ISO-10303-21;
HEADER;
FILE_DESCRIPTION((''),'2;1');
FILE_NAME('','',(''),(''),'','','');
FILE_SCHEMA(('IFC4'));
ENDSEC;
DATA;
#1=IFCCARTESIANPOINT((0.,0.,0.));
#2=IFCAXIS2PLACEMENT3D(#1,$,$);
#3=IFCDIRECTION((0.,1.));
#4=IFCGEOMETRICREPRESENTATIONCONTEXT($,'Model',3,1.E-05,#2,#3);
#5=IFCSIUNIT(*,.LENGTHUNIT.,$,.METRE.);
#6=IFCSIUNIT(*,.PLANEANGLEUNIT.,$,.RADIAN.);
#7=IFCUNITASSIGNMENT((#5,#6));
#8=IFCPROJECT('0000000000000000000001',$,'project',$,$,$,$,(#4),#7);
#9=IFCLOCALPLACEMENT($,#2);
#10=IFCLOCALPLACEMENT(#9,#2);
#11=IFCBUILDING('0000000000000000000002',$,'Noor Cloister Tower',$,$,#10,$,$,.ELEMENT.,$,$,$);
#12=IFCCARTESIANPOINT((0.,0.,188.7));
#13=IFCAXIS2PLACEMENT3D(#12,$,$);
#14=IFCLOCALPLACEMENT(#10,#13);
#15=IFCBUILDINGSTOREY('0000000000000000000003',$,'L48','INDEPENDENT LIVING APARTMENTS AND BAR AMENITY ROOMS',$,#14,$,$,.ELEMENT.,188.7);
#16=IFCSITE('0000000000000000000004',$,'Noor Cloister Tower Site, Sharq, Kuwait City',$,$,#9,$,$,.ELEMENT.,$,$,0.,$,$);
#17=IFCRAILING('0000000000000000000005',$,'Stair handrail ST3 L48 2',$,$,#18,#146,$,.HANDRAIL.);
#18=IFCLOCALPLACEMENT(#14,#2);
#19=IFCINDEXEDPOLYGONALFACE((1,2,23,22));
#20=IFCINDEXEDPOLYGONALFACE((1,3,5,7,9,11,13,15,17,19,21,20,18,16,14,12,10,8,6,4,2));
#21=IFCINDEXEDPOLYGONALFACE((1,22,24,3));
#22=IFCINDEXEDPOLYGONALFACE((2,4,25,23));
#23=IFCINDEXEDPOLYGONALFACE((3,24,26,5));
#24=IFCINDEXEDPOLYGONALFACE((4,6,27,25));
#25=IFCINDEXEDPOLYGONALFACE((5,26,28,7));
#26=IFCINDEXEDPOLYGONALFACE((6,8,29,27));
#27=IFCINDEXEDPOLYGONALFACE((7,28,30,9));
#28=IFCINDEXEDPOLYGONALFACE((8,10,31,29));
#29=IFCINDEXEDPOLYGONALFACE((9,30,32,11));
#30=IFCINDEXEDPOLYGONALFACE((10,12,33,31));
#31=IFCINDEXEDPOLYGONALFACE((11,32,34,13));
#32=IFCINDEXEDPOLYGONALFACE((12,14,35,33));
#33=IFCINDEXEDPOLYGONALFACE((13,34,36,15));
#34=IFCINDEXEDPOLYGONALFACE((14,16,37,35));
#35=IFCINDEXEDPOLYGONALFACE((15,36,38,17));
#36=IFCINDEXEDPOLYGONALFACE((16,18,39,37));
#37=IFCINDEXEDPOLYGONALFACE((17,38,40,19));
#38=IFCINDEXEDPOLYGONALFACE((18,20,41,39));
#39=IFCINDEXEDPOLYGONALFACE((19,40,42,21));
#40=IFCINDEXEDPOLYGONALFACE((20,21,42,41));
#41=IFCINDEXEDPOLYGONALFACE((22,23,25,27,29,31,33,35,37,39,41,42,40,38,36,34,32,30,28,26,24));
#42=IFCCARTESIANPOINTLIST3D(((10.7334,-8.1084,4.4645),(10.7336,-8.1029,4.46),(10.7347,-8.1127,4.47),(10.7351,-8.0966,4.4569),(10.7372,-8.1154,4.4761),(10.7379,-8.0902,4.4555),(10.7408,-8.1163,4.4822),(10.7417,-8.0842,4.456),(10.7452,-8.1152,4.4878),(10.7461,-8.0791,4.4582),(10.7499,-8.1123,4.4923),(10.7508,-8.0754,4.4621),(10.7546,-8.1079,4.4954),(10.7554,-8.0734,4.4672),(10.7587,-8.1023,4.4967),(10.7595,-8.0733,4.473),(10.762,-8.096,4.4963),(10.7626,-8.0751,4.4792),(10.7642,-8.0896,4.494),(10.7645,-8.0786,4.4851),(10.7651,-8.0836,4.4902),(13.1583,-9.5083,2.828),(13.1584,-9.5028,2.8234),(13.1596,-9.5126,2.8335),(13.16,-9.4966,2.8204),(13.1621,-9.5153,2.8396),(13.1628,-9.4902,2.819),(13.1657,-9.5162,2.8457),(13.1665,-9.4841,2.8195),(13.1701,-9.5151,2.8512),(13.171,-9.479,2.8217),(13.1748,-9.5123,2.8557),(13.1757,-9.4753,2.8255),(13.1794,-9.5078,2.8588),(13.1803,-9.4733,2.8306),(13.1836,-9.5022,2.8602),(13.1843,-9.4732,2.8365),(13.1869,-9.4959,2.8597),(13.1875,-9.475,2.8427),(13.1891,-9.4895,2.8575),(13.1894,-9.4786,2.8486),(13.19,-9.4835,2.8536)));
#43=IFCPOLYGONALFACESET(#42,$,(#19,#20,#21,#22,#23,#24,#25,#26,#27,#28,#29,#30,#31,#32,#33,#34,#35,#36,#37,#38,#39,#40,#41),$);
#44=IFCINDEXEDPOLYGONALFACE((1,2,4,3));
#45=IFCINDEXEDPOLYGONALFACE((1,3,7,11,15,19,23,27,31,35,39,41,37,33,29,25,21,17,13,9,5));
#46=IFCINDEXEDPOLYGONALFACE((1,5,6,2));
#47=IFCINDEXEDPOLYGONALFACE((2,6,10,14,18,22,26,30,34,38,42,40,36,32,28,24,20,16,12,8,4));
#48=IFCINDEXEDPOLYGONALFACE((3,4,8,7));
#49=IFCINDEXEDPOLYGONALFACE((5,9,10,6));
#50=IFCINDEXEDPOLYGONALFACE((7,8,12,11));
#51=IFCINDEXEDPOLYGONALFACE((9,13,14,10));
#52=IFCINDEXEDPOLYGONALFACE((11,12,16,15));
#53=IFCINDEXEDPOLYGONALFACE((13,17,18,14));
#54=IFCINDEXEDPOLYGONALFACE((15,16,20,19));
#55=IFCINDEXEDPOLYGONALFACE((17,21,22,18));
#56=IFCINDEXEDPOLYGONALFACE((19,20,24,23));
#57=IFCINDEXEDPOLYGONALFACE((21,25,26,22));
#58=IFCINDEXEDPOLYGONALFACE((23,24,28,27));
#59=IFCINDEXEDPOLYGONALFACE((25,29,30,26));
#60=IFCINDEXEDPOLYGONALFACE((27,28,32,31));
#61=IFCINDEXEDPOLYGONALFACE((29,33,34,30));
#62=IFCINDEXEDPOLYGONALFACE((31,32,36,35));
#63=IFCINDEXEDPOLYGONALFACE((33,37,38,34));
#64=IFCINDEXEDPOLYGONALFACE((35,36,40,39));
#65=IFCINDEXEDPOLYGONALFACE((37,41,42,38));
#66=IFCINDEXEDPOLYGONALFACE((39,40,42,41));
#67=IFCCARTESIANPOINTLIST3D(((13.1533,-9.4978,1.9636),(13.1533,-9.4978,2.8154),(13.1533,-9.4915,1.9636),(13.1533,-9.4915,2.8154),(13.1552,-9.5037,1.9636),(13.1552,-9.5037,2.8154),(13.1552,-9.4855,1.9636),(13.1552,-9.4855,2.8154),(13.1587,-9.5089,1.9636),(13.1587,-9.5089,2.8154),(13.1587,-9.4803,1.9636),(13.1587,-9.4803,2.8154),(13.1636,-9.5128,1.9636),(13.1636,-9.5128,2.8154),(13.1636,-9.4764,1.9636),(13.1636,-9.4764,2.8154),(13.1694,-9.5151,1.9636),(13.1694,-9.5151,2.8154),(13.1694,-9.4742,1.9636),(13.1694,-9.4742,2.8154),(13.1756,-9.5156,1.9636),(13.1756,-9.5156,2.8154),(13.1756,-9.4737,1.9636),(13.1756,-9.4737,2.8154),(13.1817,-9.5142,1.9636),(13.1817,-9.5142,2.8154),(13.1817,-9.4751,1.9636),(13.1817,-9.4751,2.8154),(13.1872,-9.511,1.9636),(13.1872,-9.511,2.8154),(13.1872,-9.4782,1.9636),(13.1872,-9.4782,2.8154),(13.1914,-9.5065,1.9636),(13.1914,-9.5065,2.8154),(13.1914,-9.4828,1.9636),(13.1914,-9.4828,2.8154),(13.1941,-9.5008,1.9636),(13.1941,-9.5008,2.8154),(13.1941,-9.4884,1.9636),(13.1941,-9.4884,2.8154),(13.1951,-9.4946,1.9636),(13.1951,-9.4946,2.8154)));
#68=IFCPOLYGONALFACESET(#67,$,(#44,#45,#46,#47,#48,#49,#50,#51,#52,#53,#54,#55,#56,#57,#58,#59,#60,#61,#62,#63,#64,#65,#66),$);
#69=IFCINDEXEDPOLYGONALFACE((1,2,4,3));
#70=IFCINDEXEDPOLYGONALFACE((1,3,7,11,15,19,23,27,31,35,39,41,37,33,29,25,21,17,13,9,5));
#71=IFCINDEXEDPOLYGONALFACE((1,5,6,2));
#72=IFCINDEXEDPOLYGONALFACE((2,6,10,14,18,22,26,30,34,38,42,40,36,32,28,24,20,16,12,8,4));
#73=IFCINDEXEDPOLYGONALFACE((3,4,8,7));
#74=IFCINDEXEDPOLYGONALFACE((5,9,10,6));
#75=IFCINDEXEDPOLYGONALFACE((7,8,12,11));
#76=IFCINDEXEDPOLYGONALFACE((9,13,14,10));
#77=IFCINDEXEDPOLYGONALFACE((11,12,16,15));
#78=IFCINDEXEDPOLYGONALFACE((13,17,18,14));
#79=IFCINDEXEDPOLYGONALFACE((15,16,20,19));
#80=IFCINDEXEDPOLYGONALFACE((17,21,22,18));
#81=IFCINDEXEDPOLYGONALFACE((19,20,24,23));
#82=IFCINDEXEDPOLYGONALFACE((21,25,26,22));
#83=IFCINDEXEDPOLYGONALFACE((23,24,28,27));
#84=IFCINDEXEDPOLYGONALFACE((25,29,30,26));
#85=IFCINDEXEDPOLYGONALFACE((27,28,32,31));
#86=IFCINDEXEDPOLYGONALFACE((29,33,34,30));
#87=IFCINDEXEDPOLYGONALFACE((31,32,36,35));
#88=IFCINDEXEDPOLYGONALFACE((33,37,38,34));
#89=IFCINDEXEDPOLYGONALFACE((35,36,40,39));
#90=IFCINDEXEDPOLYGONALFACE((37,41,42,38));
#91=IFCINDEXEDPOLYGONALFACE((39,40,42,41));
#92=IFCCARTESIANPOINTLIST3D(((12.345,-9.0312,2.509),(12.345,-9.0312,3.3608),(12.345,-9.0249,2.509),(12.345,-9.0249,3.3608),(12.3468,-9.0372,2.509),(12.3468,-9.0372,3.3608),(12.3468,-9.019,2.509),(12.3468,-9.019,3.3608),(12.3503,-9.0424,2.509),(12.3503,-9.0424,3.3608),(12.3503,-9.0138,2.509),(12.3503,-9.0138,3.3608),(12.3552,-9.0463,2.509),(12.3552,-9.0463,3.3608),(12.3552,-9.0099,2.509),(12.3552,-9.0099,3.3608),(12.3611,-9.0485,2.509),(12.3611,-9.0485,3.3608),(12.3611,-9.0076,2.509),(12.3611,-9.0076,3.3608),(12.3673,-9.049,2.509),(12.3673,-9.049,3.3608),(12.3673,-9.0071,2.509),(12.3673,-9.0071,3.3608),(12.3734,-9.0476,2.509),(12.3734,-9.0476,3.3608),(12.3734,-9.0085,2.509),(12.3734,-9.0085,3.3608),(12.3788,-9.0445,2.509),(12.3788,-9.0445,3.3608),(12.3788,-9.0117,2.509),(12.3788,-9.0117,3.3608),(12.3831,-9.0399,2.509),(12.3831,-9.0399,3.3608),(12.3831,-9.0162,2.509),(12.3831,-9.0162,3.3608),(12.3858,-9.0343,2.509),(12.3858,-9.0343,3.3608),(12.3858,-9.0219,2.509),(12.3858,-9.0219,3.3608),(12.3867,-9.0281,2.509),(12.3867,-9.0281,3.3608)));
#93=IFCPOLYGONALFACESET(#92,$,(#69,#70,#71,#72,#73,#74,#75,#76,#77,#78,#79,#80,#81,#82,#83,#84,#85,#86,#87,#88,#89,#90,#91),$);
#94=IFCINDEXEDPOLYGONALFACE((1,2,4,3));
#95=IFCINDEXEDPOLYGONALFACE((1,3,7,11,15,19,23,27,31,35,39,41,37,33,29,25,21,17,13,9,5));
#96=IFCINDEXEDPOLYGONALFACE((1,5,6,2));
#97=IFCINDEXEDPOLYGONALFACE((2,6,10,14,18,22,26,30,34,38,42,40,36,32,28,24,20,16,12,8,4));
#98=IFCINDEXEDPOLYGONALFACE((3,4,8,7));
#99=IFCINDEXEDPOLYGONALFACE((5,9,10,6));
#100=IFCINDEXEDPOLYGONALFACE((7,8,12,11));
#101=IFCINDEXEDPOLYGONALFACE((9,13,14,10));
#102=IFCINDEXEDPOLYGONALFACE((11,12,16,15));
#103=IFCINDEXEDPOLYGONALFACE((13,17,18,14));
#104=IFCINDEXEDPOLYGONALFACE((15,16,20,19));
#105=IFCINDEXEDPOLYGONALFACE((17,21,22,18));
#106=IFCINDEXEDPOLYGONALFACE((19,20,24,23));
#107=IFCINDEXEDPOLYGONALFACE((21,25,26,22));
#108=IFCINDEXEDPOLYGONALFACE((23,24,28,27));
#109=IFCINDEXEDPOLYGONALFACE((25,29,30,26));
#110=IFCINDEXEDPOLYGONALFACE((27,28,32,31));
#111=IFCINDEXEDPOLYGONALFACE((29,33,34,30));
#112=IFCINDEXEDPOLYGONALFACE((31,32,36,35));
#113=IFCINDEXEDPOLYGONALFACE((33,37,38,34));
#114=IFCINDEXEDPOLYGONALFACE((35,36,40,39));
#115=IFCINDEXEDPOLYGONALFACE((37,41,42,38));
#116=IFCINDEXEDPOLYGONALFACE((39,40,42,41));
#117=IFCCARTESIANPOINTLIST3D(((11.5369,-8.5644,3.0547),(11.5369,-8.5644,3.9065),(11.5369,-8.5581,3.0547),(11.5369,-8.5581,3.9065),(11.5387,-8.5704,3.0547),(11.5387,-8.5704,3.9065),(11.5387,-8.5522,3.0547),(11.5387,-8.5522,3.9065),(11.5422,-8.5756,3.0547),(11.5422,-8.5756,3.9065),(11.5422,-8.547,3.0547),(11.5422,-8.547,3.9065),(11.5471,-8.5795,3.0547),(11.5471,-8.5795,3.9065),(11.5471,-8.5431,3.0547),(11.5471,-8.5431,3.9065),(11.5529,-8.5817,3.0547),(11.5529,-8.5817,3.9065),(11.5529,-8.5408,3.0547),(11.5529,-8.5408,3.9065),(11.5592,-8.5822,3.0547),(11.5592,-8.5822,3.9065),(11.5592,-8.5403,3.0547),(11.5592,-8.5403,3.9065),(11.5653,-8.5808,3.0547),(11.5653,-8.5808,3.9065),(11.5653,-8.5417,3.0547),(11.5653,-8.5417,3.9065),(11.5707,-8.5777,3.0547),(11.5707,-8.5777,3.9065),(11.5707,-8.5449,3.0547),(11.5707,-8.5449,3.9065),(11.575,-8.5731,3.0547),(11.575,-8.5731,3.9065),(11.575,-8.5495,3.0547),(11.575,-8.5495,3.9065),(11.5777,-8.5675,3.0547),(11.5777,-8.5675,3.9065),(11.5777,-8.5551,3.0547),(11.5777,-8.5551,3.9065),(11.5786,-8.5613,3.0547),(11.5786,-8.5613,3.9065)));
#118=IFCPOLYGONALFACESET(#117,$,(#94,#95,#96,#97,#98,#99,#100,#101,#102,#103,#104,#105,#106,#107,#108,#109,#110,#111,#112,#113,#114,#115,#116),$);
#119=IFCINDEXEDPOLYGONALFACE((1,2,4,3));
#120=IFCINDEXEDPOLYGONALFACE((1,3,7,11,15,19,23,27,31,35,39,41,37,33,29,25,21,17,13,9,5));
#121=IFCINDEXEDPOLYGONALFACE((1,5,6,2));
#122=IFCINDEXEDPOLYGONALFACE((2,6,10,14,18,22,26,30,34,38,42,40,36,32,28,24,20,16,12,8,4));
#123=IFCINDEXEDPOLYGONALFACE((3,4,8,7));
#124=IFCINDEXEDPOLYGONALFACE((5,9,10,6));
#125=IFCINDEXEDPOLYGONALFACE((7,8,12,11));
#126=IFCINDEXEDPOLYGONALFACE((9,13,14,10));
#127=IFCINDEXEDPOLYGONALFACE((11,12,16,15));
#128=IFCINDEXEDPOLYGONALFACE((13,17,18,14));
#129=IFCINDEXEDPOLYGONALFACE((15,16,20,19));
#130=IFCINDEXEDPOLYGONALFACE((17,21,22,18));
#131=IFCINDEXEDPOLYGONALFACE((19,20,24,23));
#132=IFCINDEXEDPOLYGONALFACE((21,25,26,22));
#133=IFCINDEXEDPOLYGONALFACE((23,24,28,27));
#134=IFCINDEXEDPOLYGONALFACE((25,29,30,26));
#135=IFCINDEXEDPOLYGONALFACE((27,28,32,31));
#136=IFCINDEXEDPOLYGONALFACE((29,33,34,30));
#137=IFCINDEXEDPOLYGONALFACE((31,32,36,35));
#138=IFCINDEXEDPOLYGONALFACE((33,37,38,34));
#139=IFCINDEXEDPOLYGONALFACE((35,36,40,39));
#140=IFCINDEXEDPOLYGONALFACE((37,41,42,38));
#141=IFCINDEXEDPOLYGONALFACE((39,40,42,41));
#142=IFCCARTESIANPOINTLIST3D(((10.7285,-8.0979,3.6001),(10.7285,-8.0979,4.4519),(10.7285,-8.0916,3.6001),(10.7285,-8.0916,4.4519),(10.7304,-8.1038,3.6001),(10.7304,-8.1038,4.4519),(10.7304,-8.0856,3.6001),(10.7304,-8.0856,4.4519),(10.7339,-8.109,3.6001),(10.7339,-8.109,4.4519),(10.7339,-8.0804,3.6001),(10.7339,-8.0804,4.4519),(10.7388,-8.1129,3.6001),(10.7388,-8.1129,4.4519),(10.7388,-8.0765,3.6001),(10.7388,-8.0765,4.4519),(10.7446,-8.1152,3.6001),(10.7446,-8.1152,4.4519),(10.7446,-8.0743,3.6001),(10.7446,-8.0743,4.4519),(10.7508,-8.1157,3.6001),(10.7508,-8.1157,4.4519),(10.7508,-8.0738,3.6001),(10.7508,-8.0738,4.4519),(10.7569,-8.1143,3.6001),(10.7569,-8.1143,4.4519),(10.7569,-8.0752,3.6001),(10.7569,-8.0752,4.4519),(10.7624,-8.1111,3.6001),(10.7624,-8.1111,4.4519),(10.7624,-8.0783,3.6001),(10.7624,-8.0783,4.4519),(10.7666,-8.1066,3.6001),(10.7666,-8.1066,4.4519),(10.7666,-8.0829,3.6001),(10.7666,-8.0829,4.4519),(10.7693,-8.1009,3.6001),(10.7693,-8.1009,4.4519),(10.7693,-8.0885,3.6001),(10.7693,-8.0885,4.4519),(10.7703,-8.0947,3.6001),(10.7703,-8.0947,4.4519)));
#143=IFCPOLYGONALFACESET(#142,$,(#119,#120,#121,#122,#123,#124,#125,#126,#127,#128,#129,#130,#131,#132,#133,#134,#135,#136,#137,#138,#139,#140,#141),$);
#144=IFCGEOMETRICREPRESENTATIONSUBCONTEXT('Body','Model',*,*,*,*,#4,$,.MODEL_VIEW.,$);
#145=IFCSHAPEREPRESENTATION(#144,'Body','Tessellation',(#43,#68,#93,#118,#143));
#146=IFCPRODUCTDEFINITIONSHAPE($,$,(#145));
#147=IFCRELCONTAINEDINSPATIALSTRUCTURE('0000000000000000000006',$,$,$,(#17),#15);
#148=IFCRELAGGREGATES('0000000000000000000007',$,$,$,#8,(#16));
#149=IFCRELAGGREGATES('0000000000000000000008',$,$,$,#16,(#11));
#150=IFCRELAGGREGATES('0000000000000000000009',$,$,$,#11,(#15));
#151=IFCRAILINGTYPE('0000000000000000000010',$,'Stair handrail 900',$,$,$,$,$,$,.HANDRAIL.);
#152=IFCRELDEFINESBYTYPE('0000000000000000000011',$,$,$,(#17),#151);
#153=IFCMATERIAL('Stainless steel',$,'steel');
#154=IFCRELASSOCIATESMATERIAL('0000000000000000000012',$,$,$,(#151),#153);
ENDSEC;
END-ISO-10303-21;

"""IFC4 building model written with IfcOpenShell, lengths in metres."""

from ifc_helpers import new_model, si_unit, direction, frame, origin, origin_2d, place, context, subcontext, project, spatial, circle, extrude, material, type_object, element, save


model = new_model("IFC4")

# Units and contexts
model_context = context("Model", 3, precision=1e-05, world=origin(), true_north=direction((0.0, 1.0)))
body_context = subcontext(model_context, "Body", "Model", "MODEL_VIEW")
ifc_project = project(units=[si_unit("LENGTHUNIT", "METRE"), si_unit("PLANEANGLEUNIT", "RADIAN")], contexts=[model_context])

# Site, building, storey
site_placement = place(None, origin())
site = spatial("IfcSite", under=ifc_project, at=site_placement, Name="Noor Cloister Tower Site, Sharq, Kuwait City", CompositionType="ELEMENT", RefElevation=0.0)
building_placement = place(site_placement, origin())
building = spatial("IfcBuilding", under=site, at=building_placement, Name="Noor Cloister Tower", CompositionType="ELEMENT")
storey_placement = place(building_placement, frame((0.0, 0.0, 188.7)))
storey = spatial("IfcBuildingStorey", under=building, at=storey_placement, Name="L48", Description="INDEPENDENT LIVING APARTMENTS AND BAR AMENITY ROOMS", CompositionType="ELEMENT", Elevation=188.7)

# Railing
ifc_material_1 = material(Name="Stainless steel", Category="steel")
railing_type = type_object("IfcRailingType", Name="Stair handrail 900", PredefinedType="HANDRAIL", material=ifc_material_1)
railing_placement = place(storey_placement, frame((13.1741, -9.4946, 1.9636)))
element("IfcRailing", 1, at=railing_placement, inside=storey, type_object=railing_type, Name="Stair handrail ST3 L48 2", PredefinedType="HANDRAIL", context=body_context, shape_type="SweptSolid", body=[
    extrude(circle(Radius=0.0239, at=origin_2d()), frame((0.0, 0.0, 0.876), z_axis=(-0.74769, 0.431661, 0.504608), x_axis=(-0.499984, -0.866035, 0.0)), (0.0, 0.0, 1.0), 3.2432),
    extrude(circle(Radius=0.021, at=origin_2d()), origin(), (0.0, 0.0, 1.0), 0.8518),
    extrude(circle(Radius=0.021, at=origin_2d()), frame((-0.8083, 0.4666, 0.5454)), (0.0, 0.0, 1.0), 0.8518),
    extrude(circle(Radius=0.021, at=origin_2d()), frame((-1.6165, 0.9333, 1.0911)), (0.0, 0.0, 1.0), 0.8518),
    extrude(circle(Radius=0.021, at=origin_2d()), frame((-2.4248, 1.3999, 1.6365)), (0.0, 0.0, 1.0), 0.8518),
])

save(model, "model.ifc")
